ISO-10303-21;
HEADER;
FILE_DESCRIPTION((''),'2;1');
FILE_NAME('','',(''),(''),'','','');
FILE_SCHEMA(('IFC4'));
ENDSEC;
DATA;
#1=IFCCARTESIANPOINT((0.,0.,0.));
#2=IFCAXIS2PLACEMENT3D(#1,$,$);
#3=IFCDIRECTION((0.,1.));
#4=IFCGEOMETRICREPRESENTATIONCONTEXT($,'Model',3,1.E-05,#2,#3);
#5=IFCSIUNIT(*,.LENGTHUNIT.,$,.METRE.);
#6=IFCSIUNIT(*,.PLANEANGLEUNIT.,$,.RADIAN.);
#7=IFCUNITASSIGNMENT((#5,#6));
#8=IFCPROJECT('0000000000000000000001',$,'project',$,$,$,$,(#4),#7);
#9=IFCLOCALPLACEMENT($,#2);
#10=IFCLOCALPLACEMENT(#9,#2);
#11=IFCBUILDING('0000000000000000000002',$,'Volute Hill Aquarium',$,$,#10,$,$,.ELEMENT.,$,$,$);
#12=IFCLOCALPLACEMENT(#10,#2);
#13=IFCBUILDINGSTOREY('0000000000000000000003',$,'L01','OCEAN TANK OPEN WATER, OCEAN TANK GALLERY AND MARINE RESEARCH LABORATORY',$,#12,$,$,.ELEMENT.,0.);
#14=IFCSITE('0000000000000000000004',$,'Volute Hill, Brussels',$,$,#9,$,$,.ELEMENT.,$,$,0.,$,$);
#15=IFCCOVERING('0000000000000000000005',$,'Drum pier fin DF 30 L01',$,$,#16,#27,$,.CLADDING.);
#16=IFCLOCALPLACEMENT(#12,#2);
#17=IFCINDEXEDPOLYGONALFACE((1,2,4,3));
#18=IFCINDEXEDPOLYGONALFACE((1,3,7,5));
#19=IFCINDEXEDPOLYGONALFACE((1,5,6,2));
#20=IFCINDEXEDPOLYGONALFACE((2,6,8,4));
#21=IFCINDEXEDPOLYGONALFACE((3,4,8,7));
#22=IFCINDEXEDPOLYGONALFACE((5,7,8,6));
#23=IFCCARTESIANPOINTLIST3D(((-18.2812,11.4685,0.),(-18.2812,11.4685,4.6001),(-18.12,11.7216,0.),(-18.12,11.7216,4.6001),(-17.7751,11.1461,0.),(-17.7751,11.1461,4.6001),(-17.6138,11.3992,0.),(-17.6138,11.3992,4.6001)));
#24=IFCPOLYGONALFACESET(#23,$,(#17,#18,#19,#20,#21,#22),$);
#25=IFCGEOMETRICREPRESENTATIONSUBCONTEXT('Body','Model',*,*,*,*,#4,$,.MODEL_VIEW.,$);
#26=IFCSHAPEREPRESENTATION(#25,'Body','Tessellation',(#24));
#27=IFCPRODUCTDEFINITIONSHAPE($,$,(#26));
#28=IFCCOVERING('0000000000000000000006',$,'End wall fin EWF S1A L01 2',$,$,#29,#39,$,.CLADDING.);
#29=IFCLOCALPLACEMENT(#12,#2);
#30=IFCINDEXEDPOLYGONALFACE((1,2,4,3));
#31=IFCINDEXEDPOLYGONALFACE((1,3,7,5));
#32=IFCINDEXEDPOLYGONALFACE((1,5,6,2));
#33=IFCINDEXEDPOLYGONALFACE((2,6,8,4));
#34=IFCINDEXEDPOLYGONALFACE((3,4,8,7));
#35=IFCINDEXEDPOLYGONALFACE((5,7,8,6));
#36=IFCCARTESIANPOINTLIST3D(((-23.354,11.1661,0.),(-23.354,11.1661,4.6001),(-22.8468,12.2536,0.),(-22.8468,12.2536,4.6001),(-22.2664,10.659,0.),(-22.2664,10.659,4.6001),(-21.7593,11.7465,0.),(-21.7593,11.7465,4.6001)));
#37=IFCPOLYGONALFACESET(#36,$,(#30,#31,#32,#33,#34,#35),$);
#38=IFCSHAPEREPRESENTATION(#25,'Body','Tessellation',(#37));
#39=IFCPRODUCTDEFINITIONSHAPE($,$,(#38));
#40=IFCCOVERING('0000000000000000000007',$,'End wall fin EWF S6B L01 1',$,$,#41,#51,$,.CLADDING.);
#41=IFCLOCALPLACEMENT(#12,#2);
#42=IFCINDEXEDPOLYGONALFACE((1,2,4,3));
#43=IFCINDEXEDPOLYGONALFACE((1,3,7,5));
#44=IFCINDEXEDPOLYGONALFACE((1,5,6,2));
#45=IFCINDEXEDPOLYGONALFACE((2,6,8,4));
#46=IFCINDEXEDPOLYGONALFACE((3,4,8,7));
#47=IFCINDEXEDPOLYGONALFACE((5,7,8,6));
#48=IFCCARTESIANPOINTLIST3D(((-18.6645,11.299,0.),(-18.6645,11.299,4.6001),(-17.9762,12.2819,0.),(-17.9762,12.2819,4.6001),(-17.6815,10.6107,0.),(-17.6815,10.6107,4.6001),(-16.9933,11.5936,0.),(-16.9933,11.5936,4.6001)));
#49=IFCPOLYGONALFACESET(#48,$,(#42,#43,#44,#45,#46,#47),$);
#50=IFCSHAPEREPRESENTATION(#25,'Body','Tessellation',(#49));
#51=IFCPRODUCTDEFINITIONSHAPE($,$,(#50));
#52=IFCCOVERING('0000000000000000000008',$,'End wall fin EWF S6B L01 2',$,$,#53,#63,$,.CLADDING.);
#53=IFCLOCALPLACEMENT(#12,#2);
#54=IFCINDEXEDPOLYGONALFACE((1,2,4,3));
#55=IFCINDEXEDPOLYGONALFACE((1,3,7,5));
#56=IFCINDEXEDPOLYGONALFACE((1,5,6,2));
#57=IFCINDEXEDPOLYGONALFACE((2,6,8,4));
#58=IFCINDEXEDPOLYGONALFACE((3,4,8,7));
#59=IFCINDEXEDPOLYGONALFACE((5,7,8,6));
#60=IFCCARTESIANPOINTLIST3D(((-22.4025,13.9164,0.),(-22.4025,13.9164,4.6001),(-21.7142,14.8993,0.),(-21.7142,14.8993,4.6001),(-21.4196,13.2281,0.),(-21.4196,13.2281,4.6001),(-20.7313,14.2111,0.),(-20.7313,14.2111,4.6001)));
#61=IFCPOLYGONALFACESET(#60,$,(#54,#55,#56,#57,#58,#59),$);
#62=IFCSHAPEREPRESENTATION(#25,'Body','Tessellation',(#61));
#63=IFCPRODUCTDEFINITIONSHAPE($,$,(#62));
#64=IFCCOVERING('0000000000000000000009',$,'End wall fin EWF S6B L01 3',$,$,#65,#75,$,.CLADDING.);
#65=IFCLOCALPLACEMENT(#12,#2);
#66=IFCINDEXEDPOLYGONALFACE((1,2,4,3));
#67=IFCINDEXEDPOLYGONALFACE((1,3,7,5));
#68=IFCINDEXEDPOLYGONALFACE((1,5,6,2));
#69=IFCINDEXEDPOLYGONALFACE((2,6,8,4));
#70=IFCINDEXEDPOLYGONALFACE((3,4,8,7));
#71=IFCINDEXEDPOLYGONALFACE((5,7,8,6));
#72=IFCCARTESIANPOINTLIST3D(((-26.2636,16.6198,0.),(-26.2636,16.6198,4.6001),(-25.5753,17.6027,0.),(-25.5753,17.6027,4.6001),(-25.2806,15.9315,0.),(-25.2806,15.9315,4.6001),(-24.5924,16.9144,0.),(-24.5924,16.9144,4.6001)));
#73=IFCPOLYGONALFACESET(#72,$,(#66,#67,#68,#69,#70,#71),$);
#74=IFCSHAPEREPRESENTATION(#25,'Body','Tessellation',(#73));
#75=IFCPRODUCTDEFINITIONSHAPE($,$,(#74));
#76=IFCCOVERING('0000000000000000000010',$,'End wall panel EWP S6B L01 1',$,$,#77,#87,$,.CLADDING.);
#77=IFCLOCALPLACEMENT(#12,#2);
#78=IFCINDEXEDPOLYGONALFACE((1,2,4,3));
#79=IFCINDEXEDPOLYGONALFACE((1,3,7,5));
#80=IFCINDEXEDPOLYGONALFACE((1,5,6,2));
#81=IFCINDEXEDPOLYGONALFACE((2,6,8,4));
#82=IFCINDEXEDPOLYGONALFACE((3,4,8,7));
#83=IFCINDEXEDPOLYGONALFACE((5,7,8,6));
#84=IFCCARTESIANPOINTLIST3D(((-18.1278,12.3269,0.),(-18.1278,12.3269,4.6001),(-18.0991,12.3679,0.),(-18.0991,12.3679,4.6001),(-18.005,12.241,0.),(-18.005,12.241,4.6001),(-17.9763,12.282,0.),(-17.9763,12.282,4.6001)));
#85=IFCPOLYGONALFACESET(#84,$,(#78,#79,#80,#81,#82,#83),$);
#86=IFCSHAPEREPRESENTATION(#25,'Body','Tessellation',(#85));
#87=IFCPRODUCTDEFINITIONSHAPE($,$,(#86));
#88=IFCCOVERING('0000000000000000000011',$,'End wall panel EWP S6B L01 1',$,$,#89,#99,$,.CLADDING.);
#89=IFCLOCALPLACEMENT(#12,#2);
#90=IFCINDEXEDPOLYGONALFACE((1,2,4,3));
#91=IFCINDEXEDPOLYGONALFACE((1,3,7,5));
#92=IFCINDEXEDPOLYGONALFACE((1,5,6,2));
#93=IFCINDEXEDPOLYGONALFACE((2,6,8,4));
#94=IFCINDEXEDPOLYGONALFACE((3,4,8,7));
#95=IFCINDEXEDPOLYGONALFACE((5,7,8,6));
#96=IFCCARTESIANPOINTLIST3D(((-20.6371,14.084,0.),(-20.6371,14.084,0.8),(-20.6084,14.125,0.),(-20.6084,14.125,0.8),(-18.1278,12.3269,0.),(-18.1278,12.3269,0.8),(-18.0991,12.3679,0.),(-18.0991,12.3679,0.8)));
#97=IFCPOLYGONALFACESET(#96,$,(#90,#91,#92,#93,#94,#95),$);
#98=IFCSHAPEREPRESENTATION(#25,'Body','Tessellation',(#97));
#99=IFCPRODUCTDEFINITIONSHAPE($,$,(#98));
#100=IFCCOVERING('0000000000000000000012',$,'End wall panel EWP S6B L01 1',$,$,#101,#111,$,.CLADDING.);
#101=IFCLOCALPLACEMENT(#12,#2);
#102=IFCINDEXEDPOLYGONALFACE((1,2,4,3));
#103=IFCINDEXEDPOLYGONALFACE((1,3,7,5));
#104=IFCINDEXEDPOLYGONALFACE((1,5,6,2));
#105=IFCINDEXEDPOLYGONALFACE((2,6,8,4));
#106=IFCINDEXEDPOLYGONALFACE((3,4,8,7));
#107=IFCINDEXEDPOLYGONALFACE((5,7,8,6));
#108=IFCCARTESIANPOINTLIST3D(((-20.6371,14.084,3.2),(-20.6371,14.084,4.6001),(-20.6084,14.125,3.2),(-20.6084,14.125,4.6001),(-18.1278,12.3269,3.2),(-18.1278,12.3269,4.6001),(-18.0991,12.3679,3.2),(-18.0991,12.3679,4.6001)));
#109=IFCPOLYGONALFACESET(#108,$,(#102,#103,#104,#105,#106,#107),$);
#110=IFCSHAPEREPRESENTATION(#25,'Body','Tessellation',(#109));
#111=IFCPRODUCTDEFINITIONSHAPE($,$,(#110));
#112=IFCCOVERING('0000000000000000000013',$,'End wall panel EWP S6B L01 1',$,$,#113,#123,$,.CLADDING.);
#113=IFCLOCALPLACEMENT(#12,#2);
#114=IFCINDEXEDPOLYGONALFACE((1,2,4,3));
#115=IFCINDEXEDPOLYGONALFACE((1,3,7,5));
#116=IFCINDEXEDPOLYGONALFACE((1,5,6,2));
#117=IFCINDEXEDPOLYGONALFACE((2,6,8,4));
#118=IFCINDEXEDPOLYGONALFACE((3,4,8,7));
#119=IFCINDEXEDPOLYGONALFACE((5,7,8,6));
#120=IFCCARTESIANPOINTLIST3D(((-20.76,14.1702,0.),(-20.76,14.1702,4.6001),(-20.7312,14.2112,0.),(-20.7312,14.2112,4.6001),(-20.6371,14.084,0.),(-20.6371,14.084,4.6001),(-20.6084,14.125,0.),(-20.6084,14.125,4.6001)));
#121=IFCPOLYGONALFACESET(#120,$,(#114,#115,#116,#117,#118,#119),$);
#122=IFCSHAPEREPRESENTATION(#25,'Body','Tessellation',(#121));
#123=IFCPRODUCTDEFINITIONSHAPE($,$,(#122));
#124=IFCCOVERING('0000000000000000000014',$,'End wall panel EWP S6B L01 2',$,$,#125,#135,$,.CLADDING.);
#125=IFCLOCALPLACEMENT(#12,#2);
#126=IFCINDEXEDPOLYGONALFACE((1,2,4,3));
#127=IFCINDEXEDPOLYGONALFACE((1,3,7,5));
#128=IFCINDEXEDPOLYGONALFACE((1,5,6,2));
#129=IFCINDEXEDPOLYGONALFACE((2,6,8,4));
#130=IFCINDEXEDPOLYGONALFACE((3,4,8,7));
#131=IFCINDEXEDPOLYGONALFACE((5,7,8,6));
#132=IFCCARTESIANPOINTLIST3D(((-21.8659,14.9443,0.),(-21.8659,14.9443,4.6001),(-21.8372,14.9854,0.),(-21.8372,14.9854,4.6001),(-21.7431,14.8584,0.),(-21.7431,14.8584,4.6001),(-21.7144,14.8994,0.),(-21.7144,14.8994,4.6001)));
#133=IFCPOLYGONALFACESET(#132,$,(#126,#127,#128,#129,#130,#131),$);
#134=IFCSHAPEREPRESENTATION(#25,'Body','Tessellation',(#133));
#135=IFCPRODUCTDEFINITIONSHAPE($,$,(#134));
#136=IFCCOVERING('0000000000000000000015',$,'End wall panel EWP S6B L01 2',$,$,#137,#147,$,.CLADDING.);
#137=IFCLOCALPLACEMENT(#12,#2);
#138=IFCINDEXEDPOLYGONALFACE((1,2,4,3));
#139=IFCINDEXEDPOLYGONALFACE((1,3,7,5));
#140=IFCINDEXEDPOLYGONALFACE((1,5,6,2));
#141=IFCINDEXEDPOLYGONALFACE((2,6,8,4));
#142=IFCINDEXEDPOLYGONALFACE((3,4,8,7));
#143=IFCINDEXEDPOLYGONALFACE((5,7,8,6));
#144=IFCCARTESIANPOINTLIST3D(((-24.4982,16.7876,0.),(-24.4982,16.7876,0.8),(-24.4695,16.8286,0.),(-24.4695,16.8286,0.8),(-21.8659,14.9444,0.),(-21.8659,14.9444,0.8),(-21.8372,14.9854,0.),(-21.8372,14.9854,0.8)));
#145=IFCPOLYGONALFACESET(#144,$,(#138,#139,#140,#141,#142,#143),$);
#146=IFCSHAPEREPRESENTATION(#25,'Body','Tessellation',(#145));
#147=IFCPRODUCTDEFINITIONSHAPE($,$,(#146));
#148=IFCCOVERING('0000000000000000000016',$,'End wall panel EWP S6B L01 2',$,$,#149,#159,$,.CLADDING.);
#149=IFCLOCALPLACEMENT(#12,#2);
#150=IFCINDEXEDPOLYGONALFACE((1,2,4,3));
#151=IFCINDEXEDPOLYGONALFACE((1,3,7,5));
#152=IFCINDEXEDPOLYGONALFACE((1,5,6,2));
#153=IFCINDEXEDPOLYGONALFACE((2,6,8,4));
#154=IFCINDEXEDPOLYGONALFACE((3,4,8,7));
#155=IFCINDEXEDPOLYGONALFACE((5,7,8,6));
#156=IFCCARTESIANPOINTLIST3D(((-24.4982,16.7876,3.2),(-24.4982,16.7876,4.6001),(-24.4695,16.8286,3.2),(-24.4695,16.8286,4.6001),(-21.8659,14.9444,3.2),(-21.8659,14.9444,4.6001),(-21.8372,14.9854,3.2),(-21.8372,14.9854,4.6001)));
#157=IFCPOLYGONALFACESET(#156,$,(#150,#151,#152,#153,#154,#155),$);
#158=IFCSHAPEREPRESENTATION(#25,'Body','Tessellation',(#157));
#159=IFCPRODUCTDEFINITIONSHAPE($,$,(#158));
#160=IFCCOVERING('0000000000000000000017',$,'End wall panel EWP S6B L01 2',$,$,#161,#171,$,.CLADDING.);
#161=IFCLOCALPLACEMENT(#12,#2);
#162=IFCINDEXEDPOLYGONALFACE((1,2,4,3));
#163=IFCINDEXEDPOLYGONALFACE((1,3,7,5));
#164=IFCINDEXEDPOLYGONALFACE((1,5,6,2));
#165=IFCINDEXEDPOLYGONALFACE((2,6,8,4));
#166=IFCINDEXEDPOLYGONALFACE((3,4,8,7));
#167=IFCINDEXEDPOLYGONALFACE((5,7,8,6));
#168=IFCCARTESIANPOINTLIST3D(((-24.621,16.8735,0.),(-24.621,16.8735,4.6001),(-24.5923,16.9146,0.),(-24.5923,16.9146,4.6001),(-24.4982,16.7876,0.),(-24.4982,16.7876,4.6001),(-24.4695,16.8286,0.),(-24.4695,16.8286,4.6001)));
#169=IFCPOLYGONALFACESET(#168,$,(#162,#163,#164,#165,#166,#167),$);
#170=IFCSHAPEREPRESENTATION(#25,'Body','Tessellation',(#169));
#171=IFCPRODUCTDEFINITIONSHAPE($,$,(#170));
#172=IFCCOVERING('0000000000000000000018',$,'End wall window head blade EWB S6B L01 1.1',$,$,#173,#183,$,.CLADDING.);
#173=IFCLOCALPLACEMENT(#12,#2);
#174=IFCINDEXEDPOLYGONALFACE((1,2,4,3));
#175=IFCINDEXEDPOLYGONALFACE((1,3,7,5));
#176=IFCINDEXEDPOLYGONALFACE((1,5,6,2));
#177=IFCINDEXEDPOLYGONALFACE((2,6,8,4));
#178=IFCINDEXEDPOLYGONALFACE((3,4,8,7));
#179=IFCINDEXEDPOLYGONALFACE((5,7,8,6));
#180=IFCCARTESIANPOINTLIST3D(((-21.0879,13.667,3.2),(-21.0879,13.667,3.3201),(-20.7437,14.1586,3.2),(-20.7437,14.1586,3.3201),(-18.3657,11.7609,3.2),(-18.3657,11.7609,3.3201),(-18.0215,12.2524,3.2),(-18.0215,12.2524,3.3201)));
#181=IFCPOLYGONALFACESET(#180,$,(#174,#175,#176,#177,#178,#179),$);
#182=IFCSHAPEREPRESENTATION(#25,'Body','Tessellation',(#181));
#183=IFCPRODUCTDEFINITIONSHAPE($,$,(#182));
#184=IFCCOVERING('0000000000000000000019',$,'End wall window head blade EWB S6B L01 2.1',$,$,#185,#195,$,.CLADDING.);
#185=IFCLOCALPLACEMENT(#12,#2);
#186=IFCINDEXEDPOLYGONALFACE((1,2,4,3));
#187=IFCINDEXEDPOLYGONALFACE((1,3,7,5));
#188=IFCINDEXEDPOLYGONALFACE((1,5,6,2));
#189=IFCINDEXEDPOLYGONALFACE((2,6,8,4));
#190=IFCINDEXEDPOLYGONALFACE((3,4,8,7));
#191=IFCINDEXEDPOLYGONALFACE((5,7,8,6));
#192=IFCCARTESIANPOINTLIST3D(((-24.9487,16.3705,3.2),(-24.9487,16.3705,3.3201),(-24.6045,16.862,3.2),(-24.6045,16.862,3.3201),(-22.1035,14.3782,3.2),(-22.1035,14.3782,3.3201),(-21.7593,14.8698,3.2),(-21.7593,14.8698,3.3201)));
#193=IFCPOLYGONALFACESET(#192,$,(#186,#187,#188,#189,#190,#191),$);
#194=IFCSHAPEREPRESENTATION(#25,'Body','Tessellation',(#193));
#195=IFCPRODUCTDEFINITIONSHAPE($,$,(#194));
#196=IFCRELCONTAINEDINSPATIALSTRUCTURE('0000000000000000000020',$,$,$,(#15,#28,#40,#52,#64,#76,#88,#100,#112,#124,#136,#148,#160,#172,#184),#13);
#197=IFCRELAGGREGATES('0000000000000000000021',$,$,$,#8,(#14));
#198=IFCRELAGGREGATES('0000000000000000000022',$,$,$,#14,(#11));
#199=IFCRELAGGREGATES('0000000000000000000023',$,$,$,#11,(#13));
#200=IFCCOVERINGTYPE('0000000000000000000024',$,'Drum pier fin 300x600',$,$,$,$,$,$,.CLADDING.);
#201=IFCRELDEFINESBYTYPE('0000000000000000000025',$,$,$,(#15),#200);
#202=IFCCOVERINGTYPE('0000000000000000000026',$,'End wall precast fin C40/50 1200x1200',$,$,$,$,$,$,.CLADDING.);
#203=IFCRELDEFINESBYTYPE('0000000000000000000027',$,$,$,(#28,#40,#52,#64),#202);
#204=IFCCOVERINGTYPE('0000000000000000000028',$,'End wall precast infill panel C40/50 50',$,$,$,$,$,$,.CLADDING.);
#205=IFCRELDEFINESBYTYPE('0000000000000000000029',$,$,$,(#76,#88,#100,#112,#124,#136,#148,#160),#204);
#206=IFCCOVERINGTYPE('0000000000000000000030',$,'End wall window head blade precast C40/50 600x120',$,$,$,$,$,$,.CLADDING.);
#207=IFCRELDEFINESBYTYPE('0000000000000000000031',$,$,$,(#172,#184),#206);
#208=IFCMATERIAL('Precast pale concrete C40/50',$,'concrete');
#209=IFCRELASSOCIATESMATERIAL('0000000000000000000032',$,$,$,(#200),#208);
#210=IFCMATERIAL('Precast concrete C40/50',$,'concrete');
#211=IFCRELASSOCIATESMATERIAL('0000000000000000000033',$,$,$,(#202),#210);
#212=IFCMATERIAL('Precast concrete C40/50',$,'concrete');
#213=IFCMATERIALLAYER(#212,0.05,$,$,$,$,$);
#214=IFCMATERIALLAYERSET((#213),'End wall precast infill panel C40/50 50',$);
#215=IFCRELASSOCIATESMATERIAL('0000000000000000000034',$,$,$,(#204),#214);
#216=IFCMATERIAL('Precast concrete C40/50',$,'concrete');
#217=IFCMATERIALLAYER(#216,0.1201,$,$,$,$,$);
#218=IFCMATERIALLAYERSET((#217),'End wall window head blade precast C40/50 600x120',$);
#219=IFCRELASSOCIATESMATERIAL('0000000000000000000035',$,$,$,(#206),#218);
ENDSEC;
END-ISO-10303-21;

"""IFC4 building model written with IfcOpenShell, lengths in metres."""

from ifc_helpers import new_model, si_unit, direction, frame, origin, origin_2d, place, context, subcontext, project, spatial, polyline, rectangle, outline, extrude, material, layer, layer_set, type_object, element, save


model = new_model("IFC4")

# Units and contexts
model_context = context("Model", 3, precision=1e-05, world=origin(), true_north=direction((0.0, 1.0)))
body_context = subcontext(model_context, "Body", "Model", "MODEL_VIEW")
ifc_project = project(units=[si_unit("LENGTHUNIT", "METRE"), si_unit("PLANEANGLEUNIT", "RADIAN")], contexts=[model_context])

# Site, building, storey
site_placement = place(None, origin())
site = spatial("IfcSite", under=ifc_project, at=site_placement, Name="Volute Hill, Brussels", CompositionType="ELEMENT", RefElevation=0.0)
building_placement = place(site_placement, origin())
building = spatial("IfcBuilding", under=site, at=building_placement, Name="Volute Hill Aquarium", CompositionType="ELEMENT")
storey_placement = place(building_placement, origin())
storey = spatial("IfcBuildingStorey", under=building, at=storey_placement, Name="L01", Description="OCEAN TANK OPEN WATER, OCEAN TANK GALLERY AND MARINE RESEARCH LABORATORY", CompositionType="ELEMENT", Elevation=0.0)

# Coverings
ifc_material_1 = material(Name="Precast pale concrete C40/50", Category="concrete")
covering_type_1 = type_object("IfcCoveringType", Name="Drum pier fin 300x600", PredefinedType="CLADDING", material=ifc_material_1)
covering_1_placement = place(storey_placement, frame((-17.9475, 11.4338, 0.0), z_axis=(0.0, 0.0, 1.0), x_axis=(-0.5373, -0.843391, 0.0)))
element("IfcCovering", 1, at=covering_1_placement, inside=storey, type_object=covering_type_1, Name="Drum pier fin DF 30 L01", PredefinedType="CLADDING", context=body_context, shape_type="SweptSolid", body=[
    extrude(rectangle(XDim=0.3, YDim=0.6001, at=origin_2d()), origin(), (0.0, 0.0, 1.0), 4.6001),
])
ifc_material_2 = material(Name="Precast concrete C40/50", Category="concrete")
covering_type_2 = type_object("IfcCoveringType", Name="End wall precast fin C40/50 1200x1200", PredefinedType="CLADDING", material=ifc_material_2)
for number, where, z_axis, x_axis, name in (
    (2, (-22.5566, 11.4563, 0.0), (0.0, 0.0, 1.0), (-0.906304, 0.422626, 0.0), "End wall fin EWF S1A L01 2"),
    (3, (-17.8289, 11.4463, 0.0), (0.0, 0.0, 1.0), (-0.819151, 0.573577, 0.0), "End wall fin EWF S6B L01 1"),
    (4, (-21.5669, 14.0637, 0.0), (0.0, 0.0, 1.0), (-0.819151, 0.573577, 0.0), "End wall fin EWF S6B L01 2"),
    (5, (-25.428, 16.7671, 0.0), (0.0, 0.0, 1.0), (-0.819151, 0.573577, 0.0), "End wall fin EWF S6B L01 3"),
):
    element("IfcCovering", number, at=place(storey_placement, frame(where, z_axis=z_axis, x_axis=x_axis)), inside=storey, type_object=covering_type_2, Name=name, PredefinedType="CLADDING", context=body_context, shape_type="SweptSolid", body=[
        extrude(rectangle(XDim=1.2, YDim=1.2, at=origin_2d()), origin(), (0.0, 0.0, 1.0), 4.6001),
    ])
ifc_material_3 = material(Name="Precast concrete C40/50", Category="concrete")
ifc_layer_1 = layer(ifc_material_3, 0.05)
ifc_layer_set_1 = layer_set([ifc_layer_1], Name="End wall precast infill panel C40/50 50")
covering_type_3 = type_object("IfcCoveringType", Name="End wall precast infill panel C40/50 50", PredefinedType="CLADDING", material=ifc_layer_set_1)
covering_2_placement = place(storey_placement, frame((-17.9763, 12.282, 0.0), z_axis=(0.573353, 0.819308, 0.0), x_axis=(-0.819308, 0.573353, 0.0)))
element("IfcCovering", 6, at=covering_2_placement, inside=storey, type_object=covering_type_3, Name="End wall panel EWP S6B L01 1", PredefinedType="CLADDING", context=body_context, shape_type="SweptSolid", body=[
    extrude(outline(polyline([(0.0, 0.0), (0.1499, 0.0), (0.1499, 4.6001), (0.0, 4.6001), (0.0, 0.0)])), origin(), (0.0, 0.0, -1.0), 0.05),
])
covering_3_placement = place(storey_placement, frame((-18.0991, 12.3679, 0.0), z_axis=(0.573591, 0.819142, 0.0), x_axis=(-0.819142, 0.573591, 0.0)))
element("IfcCovering", 7, at=covering_3_placement, inside=storey, type_object=covering_type_3, Name="End wall panel EWP S6B L01 1", PredefinedType="CLADDING", context=body_context, shape_type="SweptSolid", body=[
    extrude(outline(polyline([(0.0, 0.0), (3.0633, 0.0), (3.0633, 0.8), (0.0, 0.8), (0.0, 0.0)])), origin(), (0.0, 0.0, -1.0), 0.05),
])
covering_4_placement = place(storey_placement, frame((-18.0991, 12.3679, 3.2), z_axis=(0.573591, 0.819142, 0.0), x_axis=(-0.819142, 0.573591, 0.0)))
element("IfcCovering", 8, at=covering_4_placement, inside=storey, type_object=covering_type_3, Name="End wall panel EWP S6B L01 1", PredefinedType="CLADDING", context=body_context, shape_type="SweptSolid", body=[
    extrude(outline(polyline([(0.0, 0.0), (3.0633, 0.0), (3.0633, 1.4001), (0.0, 1.4001), (0.0, 0.0)])), origin(), (0.0, 0.0, -1.0), 0.05),
])
covering_5_placement = place(storey_placement, frame((-20.6084, 14.125, 0.0), z_axis=(0.574445, 0.818543, 0.0), x_axis=(-0.818543, 0.574445, 0.0)))
element("IfcCovering", 9, at=covering_5_placement, inside=storey, type_object=covering_type_3, Name="End wall panel EWP S6B L01 1", PredefinedType="CLADDING", context=body_context, shape_type="SweptSolid", body=[
    extrude(outline(polyline([(0.0, 0.0), (0.15, 0.0), (0.15, 4.6001), (0.0, 4.6001), (0.0, 0.0)])), origin(), (0.0, 0.0, -1.0), 0.05),
])
covering_6_placement = place(storey_placement, frame((-21.7144, 14.8994, 0.0), z_axis=(0.573353, 0.819308, 0.0), x_axis=(-0.819308, 0.573353, 0.0)))
element("IfcCovering", 10, at=covering_6_placement, inside=storey, type_object=covering_type_3, Name="End wall panel EWP S6B L01 2", PredefinedType="CLADDING", context=body_context, shape_type="SweptSolid", body=[
    extrude(outline(polyline([(0.0, 0.0), (0.1499, 0.0), (0.1499, 4.6001), (0.0, 4.6001), (0.0, 0.0)])), origin(), (0.0, 0.0, -1.0), 0.05),
])
covering_7_placement = place(storey_placement, frame((-21.8372, 14.9854, 0.0), z_axis=(0.573595, 0.819139, 0.0), x_axis=(-0.819139, 0.573595, 0.0)))
element("IfcCovering", 11, at=covering_7_placement, inside=storey, type_object=covering_type_3, Name="End wall panel EWP S6B L01 2", PredefinedType="CLADDING", context=body_context, shape_type="SweptSolid", body=[
    extrude(outline(polyline([(0.0, 0.0), (3.2135, 0.0), (3.2135, 0.8), (0.0, 0.8), (0.0, 0.0)])), origin(), (0.0, 0.0, -1.0), 0.05),
])
covering_8_placement = place(storey_placement, frame((-21.8372, 14.9854, 3.2), z_axis=(0.573595, 0.819139, 0.0), x_axis=(-0.819139, 0.573595, 0.0)))
element("IfcCovering", 12, at=covering_8_placement, inside=storey, type_object=covering_type_3, Name="End wall panel EWP S6B L01 2", PredefinedType="CLADDING", context=body_context, shape_type="SweptSolid", body=[
    extrude(outline(polyline([(0.0, 0.0), (3.2135, 0.0), (3.2135, 1.4001), (0.0, 1.4001), (0.0, 0.0)])), origin(), (0.0, 0.0, -1.0), 0.05),
])
covering_9_placement = place(storey_placement, frame((-24.4695, 16.8286, 0.0), z_axis=(0.573353, 0.819308, 0.0), x_axis=(-0.819308, 0.573353, 0.0)))
element("IfcCovering", 13, at=covering_9_placement, inside=storey, type_object=covering_type_3, Name="End wall panel EWP S6B L01 2", PredefinedType="CLADDING", context=body_context, shape_type="SweptSolid", body=[
    extrude(outline(polyline([(0.0, 0.0), (0.1499, 0.0), (0.1499, 4.6001), (0.0, 4.6001), (0.0, 0.0)])), origin(), (0.0, 0.0, -1.0), 0.05),
])
ifc_material_4 = material(Name="Precast concrete C40/50", Category="concrete")
ifc_layer_2 = layer(ifc_material_4, 0.1201)
ifc_layer_set_2 = layer_set([ifc_layer_2], Name="End wall window head blade precast C40/50 600x120")
covering_type_4 = type_object("IfcCoveringType", Name="End wall window head blade precast C40/50 600x120", PredefinedType="CLADDING", material=ifc_layer_set_2)
covering_10_placement = place(storey_placement, frame((-19.5547, 12.9597, 3.2), z_axis=(0.0, 0.0, 1.0), x_axis=(-0.819151, 0.573577, 0.0)))
element("IfcCovering", 14, at=covering_10_placement, inside=storey, type_object=covering_type_4, Name="End wall window head blade EWB S6B L01 1.1", PredefinedType="CLADDING", context=body_context, shape_type="SweptSolid", body=[
    extrude(rectangle(XDim=3.3232, YDim=0.6001, at=origin_2d()), origin(), (0.0, 0.0, 1.0), 0.1201),
])
covering_11_placement = place(storey_placement, frame((-23.354, 15.6201, 3.2), z_axis=(0.0, 0.0, 1.0), x_axis=(-0.819151, 0.573577, 0.0)))
element("IfcCovering", 15, at=covering_11_placement, inside=storey, type_object=covering_type_4, Name="End wall window head blade EWB S6B L01 2.1", PredefinedType="CLADDING", context=body_context, shape_type="SweptSolid", body=[
    extrude(rectangle(XDim=3.4734, YDim=0.6001, at=origin_2d()), origin(), (0.0, 0.0, 1.0), 0.1201),
])

save(model, "model.ifc")
